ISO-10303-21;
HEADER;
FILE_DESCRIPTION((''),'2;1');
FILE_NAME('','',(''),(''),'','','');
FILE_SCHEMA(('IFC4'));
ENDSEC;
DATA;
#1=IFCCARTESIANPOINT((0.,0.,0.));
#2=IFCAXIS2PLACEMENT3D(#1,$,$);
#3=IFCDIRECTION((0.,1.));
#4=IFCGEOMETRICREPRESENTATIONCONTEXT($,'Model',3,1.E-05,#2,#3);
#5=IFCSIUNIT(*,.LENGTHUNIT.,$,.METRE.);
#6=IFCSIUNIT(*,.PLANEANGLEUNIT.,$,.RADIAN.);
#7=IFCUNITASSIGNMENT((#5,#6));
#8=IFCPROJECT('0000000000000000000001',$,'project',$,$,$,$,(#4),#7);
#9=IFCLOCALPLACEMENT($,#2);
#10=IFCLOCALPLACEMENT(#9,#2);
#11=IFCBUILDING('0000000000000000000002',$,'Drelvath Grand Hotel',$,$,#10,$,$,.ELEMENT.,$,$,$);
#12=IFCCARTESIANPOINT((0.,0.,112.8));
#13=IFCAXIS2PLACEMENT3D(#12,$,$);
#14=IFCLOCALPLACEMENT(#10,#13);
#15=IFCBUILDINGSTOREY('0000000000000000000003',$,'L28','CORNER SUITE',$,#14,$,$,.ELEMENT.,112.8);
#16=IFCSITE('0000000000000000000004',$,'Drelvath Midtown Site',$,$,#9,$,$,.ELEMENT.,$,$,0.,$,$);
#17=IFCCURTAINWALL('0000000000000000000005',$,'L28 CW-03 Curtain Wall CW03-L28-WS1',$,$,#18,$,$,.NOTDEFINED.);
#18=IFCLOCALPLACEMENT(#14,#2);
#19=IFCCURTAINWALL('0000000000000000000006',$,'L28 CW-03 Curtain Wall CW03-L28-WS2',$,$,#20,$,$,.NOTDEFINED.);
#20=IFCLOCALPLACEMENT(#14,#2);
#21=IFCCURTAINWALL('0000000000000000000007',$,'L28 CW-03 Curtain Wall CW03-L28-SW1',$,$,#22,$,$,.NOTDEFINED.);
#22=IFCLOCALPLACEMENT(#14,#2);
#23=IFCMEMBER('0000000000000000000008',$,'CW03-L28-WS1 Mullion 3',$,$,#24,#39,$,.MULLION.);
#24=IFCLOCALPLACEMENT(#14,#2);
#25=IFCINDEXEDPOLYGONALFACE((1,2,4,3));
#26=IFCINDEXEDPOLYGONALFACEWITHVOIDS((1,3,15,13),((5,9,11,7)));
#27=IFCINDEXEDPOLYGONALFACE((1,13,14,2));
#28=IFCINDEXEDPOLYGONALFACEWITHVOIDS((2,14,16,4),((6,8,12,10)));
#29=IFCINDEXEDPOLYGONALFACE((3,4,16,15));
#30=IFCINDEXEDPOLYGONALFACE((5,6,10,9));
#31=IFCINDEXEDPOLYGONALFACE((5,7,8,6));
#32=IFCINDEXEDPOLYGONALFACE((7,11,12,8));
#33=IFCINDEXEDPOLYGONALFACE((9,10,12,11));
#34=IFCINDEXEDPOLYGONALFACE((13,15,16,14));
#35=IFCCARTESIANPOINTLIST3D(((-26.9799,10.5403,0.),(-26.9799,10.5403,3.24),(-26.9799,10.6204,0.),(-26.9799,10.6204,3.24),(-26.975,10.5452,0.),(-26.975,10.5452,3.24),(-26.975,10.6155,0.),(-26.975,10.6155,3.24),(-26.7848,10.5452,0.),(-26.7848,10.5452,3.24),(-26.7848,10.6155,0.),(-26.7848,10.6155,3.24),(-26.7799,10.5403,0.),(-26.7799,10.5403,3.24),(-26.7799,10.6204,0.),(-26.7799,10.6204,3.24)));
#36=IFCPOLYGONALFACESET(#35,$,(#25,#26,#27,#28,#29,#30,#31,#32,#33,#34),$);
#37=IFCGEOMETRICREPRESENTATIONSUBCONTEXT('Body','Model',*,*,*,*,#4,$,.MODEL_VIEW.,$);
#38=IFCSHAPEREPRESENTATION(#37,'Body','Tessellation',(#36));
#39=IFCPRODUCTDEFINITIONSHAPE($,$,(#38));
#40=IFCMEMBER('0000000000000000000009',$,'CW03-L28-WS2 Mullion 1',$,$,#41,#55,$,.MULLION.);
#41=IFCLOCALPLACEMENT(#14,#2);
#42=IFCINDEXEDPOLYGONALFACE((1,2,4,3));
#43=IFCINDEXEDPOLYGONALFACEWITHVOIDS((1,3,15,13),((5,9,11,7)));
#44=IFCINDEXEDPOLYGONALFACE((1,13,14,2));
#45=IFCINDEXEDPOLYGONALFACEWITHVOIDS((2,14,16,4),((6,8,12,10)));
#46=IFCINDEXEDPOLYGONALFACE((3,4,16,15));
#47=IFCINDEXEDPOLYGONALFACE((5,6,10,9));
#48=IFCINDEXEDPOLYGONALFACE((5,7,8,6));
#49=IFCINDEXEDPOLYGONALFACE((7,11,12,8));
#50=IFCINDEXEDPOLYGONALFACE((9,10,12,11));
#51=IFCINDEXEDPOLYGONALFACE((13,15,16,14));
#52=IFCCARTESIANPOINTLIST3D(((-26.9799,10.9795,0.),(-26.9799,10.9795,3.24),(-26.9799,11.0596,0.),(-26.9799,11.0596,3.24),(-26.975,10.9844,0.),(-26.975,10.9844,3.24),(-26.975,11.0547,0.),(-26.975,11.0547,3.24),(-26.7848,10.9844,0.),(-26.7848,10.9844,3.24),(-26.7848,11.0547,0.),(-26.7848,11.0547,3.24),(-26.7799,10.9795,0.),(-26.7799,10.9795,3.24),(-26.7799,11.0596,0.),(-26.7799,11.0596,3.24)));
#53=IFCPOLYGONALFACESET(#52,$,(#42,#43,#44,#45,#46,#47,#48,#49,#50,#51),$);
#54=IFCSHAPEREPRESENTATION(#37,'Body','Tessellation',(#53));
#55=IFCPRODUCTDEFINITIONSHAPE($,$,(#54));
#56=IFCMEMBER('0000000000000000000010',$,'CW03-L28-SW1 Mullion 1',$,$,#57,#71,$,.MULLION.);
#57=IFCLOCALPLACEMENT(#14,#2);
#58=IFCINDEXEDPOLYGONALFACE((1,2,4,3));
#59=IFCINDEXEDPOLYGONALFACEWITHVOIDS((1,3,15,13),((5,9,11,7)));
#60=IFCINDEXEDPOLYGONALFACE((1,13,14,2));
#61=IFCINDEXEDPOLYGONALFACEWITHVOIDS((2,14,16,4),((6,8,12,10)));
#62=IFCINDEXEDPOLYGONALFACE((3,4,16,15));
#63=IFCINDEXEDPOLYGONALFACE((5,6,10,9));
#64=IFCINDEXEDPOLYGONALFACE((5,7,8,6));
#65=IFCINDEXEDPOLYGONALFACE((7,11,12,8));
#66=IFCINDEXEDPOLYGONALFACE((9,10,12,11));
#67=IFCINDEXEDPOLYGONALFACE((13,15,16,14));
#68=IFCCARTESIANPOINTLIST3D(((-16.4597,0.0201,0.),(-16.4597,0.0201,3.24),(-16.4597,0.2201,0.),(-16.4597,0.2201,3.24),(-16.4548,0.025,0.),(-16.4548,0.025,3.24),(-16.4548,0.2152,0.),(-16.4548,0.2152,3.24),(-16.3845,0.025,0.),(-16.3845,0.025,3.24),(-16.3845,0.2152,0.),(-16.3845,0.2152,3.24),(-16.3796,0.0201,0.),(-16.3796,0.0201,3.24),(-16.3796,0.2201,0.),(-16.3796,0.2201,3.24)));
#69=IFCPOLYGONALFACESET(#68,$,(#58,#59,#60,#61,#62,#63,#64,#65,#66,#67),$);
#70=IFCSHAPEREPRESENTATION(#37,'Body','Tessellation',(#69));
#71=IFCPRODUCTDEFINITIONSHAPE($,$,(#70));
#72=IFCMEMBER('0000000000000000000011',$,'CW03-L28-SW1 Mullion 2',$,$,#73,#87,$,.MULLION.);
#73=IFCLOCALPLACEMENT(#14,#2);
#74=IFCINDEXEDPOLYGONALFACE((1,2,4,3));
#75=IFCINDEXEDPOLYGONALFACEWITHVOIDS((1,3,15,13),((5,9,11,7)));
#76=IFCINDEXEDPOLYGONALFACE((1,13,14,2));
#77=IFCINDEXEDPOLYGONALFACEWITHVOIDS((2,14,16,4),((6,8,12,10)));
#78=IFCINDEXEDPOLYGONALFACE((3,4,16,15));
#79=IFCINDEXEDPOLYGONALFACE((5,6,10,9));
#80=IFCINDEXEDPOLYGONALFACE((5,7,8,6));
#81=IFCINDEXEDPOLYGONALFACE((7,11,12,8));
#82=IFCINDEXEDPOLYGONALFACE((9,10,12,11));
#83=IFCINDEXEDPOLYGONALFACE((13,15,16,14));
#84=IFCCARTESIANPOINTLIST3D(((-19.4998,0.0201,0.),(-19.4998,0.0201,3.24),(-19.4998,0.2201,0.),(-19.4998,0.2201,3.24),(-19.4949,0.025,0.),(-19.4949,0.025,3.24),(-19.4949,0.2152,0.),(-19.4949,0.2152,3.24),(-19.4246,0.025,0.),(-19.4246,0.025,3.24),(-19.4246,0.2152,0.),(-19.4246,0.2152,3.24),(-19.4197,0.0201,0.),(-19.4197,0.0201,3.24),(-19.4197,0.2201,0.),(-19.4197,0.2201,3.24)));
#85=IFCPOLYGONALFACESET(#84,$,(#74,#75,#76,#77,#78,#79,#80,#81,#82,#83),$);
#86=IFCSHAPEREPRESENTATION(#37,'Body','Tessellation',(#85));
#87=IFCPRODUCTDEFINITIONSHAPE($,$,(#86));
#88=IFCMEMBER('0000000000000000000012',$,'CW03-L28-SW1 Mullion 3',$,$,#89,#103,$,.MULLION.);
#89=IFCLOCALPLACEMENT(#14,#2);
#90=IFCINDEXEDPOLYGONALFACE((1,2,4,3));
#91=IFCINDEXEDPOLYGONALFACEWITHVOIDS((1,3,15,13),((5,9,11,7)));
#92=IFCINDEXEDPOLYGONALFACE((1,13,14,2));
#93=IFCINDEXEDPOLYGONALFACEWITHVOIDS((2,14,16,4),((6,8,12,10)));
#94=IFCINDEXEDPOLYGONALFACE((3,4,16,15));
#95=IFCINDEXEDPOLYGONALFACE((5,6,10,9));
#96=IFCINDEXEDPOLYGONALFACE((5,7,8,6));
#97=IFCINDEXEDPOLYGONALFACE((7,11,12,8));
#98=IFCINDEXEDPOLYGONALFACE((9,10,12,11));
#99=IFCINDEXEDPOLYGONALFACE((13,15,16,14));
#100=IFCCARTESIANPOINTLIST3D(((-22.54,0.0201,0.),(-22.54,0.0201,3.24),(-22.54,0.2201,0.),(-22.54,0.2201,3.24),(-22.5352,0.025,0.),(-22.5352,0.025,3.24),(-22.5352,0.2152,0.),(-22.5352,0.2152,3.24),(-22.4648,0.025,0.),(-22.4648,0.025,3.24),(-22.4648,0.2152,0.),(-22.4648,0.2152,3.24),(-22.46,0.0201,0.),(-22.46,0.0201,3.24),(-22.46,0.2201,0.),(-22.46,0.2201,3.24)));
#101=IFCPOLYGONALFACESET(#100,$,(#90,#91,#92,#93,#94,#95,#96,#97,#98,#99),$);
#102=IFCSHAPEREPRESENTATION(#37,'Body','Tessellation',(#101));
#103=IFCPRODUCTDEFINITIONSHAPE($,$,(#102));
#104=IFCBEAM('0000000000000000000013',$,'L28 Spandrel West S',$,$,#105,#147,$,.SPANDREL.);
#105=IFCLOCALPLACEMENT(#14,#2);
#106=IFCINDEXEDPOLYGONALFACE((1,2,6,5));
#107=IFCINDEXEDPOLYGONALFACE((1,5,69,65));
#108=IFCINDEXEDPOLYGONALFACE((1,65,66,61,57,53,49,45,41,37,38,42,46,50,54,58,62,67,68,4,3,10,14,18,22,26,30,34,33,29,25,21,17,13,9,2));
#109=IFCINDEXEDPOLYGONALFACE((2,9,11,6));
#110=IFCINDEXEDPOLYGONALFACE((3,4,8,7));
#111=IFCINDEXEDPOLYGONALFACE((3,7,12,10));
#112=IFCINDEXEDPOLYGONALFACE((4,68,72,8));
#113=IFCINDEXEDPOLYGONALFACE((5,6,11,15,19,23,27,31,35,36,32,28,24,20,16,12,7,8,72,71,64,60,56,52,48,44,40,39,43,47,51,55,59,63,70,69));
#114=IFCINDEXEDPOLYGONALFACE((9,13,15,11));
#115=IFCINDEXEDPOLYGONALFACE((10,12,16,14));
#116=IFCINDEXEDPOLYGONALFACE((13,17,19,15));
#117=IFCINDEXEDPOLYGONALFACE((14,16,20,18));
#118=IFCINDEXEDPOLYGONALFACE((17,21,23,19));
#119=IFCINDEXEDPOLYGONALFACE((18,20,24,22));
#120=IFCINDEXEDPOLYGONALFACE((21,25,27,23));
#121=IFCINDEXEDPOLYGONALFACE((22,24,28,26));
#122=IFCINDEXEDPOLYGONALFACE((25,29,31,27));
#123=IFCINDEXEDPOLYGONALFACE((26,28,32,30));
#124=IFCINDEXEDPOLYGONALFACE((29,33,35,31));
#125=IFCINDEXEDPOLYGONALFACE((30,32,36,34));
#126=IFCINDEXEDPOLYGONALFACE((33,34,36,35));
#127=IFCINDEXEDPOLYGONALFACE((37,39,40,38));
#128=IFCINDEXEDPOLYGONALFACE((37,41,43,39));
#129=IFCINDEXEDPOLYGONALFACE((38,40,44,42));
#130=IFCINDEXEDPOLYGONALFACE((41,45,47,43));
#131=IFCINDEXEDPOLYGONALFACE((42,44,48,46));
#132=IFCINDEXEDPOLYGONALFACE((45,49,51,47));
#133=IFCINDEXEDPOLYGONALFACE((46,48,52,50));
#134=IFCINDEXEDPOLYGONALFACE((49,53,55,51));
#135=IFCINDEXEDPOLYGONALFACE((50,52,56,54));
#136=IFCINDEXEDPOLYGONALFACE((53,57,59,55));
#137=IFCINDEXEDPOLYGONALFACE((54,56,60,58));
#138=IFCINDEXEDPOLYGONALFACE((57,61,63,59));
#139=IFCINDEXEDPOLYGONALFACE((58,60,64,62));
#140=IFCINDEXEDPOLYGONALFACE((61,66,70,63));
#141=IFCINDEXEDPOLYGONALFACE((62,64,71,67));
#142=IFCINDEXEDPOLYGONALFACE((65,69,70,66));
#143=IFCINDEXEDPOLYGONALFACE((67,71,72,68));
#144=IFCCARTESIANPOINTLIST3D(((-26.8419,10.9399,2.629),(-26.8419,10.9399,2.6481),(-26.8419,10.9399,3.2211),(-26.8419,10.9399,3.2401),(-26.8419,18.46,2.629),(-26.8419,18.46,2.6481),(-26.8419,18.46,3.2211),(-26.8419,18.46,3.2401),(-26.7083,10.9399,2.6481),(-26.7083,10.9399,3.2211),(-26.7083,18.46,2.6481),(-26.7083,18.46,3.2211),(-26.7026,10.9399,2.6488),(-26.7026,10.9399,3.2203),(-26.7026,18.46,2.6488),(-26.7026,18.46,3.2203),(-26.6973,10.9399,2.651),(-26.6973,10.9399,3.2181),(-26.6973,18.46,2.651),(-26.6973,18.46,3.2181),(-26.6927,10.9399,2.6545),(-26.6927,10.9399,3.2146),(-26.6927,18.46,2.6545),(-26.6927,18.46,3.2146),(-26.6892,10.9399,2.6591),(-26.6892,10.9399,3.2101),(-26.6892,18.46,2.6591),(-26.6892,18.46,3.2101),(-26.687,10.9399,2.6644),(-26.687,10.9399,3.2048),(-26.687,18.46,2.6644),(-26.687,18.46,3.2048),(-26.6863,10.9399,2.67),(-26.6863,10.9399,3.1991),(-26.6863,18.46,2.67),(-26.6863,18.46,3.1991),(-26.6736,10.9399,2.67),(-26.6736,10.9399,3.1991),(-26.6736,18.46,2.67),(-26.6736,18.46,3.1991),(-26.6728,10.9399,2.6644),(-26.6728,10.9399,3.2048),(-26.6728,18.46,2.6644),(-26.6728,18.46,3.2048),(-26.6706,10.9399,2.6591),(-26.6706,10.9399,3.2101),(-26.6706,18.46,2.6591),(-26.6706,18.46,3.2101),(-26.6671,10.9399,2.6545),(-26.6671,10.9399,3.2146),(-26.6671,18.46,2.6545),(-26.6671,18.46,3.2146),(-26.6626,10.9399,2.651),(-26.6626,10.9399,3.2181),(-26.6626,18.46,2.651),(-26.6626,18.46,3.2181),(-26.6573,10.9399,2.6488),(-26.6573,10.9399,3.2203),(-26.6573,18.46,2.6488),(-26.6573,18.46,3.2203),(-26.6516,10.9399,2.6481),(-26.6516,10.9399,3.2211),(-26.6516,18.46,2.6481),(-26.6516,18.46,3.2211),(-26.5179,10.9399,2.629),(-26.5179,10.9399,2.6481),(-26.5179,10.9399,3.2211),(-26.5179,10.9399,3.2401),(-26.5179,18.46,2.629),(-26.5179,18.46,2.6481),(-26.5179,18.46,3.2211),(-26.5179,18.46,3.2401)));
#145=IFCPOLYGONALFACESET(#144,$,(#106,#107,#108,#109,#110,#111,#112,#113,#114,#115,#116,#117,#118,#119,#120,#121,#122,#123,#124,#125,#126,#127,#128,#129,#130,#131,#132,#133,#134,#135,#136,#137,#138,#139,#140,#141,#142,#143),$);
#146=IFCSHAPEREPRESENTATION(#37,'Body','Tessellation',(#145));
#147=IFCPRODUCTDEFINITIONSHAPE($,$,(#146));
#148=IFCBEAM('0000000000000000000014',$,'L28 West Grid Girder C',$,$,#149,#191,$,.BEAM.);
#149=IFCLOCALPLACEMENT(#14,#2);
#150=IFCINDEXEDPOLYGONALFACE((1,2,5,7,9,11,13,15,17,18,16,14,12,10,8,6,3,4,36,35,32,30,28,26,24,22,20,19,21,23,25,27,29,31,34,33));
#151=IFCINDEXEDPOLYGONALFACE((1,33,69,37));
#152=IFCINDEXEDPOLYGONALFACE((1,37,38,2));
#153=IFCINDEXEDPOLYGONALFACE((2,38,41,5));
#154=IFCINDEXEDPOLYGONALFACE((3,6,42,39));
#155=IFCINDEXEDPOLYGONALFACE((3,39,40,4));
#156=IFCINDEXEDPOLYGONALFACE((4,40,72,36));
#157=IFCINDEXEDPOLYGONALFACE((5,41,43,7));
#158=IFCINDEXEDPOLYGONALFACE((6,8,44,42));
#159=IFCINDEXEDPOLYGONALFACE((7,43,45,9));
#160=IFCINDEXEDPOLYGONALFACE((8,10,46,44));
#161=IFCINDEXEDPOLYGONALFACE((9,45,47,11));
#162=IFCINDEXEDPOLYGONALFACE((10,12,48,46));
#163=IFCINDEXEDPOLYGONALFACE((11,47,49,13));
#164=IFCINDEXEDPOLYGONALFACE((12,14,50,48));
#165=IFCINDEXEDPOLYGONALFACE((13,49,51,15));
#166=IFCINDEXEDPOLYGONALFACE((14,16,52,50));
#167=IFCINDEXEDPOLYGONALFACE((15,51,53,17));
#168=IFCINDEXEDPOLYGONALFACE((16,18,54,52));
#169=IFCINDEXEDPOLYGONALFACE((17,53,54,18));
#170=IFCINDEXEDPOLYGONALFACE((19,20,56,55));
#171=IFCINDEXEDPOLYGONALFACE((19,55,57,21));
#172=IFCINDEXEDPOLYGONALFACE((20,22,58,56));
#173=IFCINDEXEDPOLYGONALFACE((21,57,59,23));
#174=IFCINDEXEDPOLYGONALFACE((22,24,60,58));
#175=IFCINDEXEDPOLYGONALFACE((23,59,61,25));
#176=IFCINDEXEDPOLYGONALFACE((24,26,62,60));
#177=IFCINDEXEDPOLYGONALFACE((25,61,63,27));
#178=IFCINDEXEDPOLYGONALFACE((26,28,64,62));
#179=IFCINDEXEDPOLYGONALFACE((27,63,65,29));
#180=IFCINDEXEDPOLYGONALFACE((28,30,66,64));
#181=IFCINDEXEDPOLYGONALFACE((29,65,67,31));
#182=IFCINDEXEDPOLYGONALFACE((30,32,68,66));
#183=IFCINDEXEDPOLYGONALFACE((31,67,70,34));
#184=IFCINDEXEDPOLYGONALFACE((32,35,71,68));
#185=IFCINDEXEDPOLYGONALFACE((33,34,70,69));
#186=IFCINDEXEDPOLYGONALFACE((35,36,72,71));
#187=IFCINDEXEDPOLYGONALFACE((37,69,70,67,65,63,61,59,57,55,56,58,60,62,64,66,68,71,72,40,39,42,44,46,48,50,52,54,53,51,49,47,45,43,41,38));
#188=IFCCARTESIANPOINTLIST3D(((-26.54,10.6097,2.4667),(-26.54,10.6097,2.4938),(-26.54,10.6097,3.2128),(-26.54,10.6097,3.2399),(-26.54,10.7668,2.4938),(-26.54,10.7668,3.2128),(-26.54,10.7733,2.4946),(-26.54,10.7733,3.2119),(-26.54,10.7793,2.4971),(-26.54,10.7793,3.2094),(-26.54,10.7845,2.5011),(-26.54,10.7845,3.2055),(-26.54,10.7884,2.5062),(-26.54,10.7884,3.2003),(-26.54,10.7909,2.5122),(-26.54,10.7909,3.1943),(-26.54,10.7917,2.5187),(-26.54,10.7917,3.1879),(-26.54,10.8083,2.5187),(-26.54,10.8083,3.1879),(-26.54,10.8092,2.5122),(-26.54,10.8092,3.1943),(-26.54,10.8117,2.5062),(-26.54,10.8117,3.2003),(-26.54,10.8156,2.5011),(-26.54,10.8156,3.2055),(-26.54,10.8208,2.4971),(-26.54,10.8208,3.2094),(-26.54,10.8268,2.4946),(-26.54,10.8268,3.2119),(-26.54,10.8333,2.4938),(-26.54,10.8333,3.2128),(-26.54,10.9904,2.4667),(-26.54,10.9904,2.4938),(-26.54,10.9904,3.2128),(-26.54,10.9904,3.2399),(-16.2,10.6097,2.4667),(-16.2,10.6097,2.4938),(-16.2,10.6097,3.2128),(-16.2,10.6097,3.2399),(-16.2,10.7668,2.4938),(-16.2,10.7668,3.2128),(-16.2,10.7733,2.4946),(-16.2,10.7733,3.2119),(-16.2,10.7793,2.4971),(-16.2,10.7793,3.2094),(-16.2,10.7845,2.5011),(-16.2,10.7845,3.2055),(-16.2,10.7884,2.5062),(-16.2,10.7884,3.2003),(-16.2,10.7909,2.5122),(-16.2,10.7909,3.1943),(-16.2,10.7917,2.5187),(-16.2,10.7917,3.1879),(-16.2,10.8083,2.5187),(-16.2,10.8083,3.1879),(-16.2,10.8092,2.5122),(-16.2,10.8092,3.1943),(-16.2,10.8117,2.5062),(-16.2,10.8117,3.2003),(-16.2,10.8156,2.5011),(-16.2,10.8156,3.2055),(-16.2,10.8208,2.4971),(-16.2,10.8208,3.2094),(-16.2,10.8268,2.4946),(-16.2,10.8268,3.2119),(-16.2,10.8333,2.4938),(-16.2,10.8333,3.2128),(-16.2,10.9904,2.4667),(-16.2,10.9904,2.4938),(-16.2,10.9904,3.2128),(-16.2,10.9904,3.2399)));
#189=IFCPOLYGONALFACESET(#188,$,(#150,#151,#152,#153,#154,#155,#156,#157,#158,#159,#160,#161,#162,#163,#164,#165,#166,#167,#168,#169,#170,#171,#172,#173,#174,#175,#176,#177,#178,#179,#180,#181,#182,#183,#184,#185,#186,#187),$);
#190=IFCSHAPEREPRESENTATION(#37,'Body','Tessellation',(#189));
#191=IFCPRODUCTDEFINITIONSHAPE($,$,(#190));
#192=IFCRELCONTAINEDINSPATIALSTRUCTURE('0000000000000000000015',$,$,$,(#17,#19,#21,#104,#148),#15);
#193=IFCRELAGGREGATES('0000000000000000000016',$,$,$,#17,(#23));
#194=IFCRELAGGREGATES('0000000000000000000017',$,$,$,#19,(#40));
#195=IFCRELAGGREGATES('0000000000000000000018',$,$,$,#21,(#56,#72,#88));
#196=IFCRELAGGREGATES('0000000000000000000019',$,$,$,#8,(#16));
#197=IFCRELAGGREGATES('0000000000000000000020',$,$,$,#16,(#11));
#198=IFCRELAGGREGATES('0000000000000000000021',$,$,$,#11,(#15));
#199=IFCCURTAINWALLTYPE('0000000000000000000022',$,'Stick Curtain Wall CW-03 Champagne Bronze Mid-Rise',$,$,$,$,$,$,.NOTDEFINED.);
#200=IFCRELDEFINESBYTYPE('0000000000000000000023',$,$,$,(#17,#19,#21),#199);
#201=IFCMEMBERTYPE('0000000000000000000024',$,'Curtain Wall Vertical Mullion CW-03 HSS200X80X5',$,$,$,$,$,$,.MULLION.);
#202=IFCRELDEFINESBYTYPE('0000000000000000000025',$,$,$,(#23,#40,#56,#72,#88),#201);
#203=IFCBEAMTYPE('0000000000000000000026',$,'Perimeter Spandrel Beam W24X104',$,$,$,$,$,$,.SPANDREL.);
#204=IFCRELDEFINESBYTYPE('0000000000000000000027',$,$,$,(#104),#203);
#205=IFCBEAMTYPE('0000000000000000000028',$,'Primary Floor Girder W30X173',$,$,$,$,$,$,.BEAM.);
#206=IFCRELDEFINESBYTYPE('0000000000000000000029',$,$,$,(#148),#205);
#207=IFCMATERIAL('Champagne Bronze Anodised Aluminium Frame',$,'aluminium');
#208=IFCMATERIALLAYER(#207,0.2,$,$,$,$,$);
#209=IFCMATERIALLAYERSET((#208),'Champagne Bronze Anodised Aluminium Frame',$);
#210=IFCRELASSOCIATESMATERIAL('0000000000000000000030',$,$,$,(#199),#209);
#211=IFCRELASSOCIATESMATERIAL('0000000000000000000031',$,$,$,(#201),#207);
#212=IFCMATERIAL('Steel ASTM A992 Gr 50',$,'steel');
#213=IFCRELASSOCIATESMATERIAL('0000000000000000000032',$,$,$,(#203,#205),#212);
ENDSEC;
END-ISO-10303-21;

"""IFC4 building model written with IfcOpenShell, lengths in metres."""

from ifc_helpers import new_model, si_unit, direction, frame, origin, origin_2d, place, context, subcontext, project, spatial, hollow_rectangle, i_section, extrude, material, layer, layer_set, material_profile, profile_set, type_object, element, aggregate, save


model = new_model("IFC4")

# Units and contexts
model_context = context("Model", 3, precision=1e-05, world=origin(), true_north=direction((0.0, 1.0)))
body_context = subcontext(model_context, "Body", "Model", "MODEL_VIEW")
ifc_project = project(units=[si_unit("LENGTHUNIT", "METRE"), si_unit("PLANEANGLEUNIT", "RADIAN")], contexts=[model_context])

# Site, building, storey
site_placement = place(None, origin())
site = spatial("IfcSite", under=ifc_project, at=site_placement, Name="Drelvath Midtown Site", CompositionType="ELEMENT", RefElevation=0.0)
building_placement = place(site_placement, origin())
building = spatial("IfcBuilding", under=site, at=building_placement, Name="Drelvath Grand Hotel", CompositionType="ELEMENT")
storey_placement = place(building_placement, frame((0.0, 0.0, 112.8)))
storey = spatial("IfcBuildingStorey", under=building, at=storey_placement, Name="L28", Description="CORNER SUITE", CompositionType="ELEMENT", Elevation=112.8)

# Curtain walls
ifc_material_1 = material(Name="Champagne Bronze Anodised Aluminium Frame", Category="aluminium")
ifc_layer_1 = layer(ifc_material_1, 0.2)
ifc_layer_set_1 = layer_set([ifc_layer_1], Name="Champagne Bronze Anodised Aluminium Frame")
curtain_wall_type = type_object("IfcCurtainWallType", Name="Stick Curtain Wall CW-03 Champagne Bronze Mid-Rise", PredefinedType="NOTDEFINED", material=ifc_layer_set_1)
curtain_wall_1_placement = place(storey_placement, origin())
curtain_wall_1 = element("IfcCurtainWall", 1, at=curtain_wall_1_placement, inside=storey, type_object=curtain_wall_type, Name="L28 CW-03 Curtain Wall CW03-L28-WS1", PredefinedType="NOTDEFINED")
curtain_wall_2_placement = place(storey_placement, origin())
curtain_wall_2 = element("IfcCurtainWall", 2, at=curtain_wall_2_placement, inside=storey, type_object=curtain_wall_type, Name="L28 CW-03 Curtain Wall CW03-L28-WS2", PredefinedType="NOTDEFINED")
curtain_wall_3_placement = place(storey_placement, origin())
curtain_wall_3 = element("IfcCurtainWall", 3, at=curtain_wall_3_placement, inside=storey, type_object=curtain_wall_type, Name="L28 CW-03 Curtain Wall CW03-L28-SW1", PredefinedType="NOTDEFINED")

# Members
ifc_material_profile_1 = material_profile(ifc_material_1, hollow_rectangle(XDim=0.0801, YDim=0.2, WallThickness=0.0049, at=origin_2d()), Name="HSS200X80X5")
ifc_profile_set_1 = profile_set([ifc_material_profile_1], Name="Champagne Bronze Anodised Aluminium Frame")
member_type_1 = type_object("IfcMemberType", Name="Curtain Wall Vertical Mullion CW-03 HSS200X80X5", PredefinedType="MULLION", material=ifc_profile_set_1)
member_1_placement = place(storey_placement, frame((-26.8799, 10.5803, 0.0), z_axis=(0.0, 0.0, 1.0), x_axis=(0.0, 1.0, 0.0)))
member_1 = element("IfcMember", 4, at=member_1_placement, type_object=member_type_1, Name="CW03-L28-WS1 Mullion 3", PredefinedType="MULLION", context=body_context, shape_type="SweptSolid", body=[
    extrude(hollow_rectangle(XDim=0.0801, YDim=0.2, WallThickness=0.0049, at=origin_2d()), origin(), (0.0, 0.0, 1.0), 3.24),
])
member_2_placement = place(storey_placement, frame((-26.8799, 11.0195, 0.0), z_axis=(0.0, 0.0, 1.0), x_axis=(0.0, 1.0, 0.0)))
member_2 = element("IfcMember", 5, at=member_2_placement, type_object=member_type_1, Name="CW03-L28-WS2 Mullion 1", PredefinedType="MULLION", context=body_context, shape_type="SweptSolid", body=[
    extrude(hollow_rectangle(XDim=0.0801, YDim=0.2, WallThickness=0.0049, at=origin_2d()), origin(), (0.0, 0.0, 1.0), 3.24),
])
member_3_placement = place(storey_placement, frame((-16.4197, 0.1201, 0.0), z_axis=(0.0, 0.0, 1.0), x_axis=(1.0, 0.0, 0.0)))
member_3 = element("IfcMember", 6, at=member_3_placement, type_object=member_type_1, Name="CW03-L28-SW1 Mullion 1", PredefinedType="MULLION", context=body_context, shape_type="SweptSolid", body=[
    extrude(hollow_rectangle(XDim=0.0801, YDim=0.2, WallThickness=0.0049, at=origin_2d()), origin(), (0.0, 0.0, 1.0), 3.24),
])
member_4_placement = place(storey_placement, frame((-19.4597, 0.1201, 0.0), z_axis=(0.0, 0.0, 1.0), x_axis=(1.0, 0.0, 0.0)))
member_4 = element("IfcMember", 7, at=member_4_placement, type_object=member_type_1, Name="CW03-L28-SW1 Mullion 2", PredefinedType="MULLION", context=body_context, shape_type="SweptSolid", body=[
    extrude(hollow_rectangle(XDim=0.0801, YDim=0.2, WallThickness=0.0049, at=origin_2d()), origin(), (0.0, 0.0, 1.0), 3.24),
])
member_5_placement = place(storey_placement, frame((-22.5, 0.1201, 0.0), z_axis=(0.0, 0.0, 1.0), x_axis=(1.0, 0.0, 0.0)))
member_5 = element("IfcMember", 8, at=member_5_placement, type_object=member_type_1, Name="CW03-L28-SW1 Mullion 3", PredefinedType="MULLION", context=body_context, shape_type="SweptSolid", body=[
    extrude(hollow_rectangle(XDim=0.0801, YDim=0.2, WallThickness=0.0049, at=origin_2d()), origin(), (0.0, 0.0, 1.0), 3.24),
])

# Beams
ifc_material_2 = material(Name="Steel ASTM A992 Gr 50", Category="steel")
ifc_material_profile_2 = material_profile(ifc_material_2, i_section(OverallWidth=0.324, OverallDepth=0.6111, WebThickness=0.0127, FlangeThickness=0.019, FilletRadius=0.022, at=origin_2d()), Name="W24X104")
ifc_profile_set_2 = profile_set([ifc_material_profile_2], Name="Steel ASTM A992 Gr 50")
beam_type_1 = type_object("IfcBeamType", Name="Perimeter Spandrel Beam W24X104", PredefinedType="SPANDREL", material=ifc_profile_set_2)
beam_1_placement = place(storey_placement, frame((-26.6799, 10.9399, 2.9346), z_axis=(0.0, 1.0, 0.0), x_axis=(-1.0, 0.0, 0.0)))
element("IfcBeam", 9, at=beam_1_placement, inside=storey, type_object=beam_type_1, Name="L28 Spandrel West S", PredefinedType="SPANDREL", context=body_context, shape_type="SweptSolid", body=[
    extrude(i_section(OverallWidth=0.324, OverallDepth=0.6111, WebThickness=0.0127, FlangeThickness=0.019, FilletRadius=0.022, at=origin_2d()), origin(), (0.0, 0.0, 1.0), 7.52),
])
ifc_material_profile_3 = material_profile(ifc_material_2, i_section(OverallWidth=0.3806, OverallDepth=0.7732, WebThickness=0.0166, FlangeThickness=0.0271, FilletRadius=0.0249, at=origin_2d()), Name="W30X173")
ifc_profile_set_3 = profile_set([ifc_material_profile_3], Name="Steel ASTM A992 Gr 50")
beam_type_2 = type_object("IfcBeamType", Name="Primary Floor Girder W30X173", PredefinedType="BEAM", material=ifc_profile_set_3)
beam_2_placement = place(storey_placement, frame((-26.54, 10.8, 2.8533), z_axis=(1.0, 0.0, 0.0), x_axis=(0.0, 1.0, 0.0)))
element("IfcBeam", 10, at=beam_2_placement, inside=storey, type_object=beam_type_2, Name="L28 West Grid Girder C", PredefinedType="BEAM", context=body_context, shape_type="SweptSolid", body=[
    extrude(i_section(OverallWidth=0.3806, OverallDepth=0.7732, WebThickness=0.0166, FlangeThickness=0.0271, FilletRadius=0.0249, at=origin_2d()), origin(), (0.0, 0.0, 1.0), 10.3401),
])

aggregate(curtain_wall_1, [member_1])
aggregate(curtain_wall_2, [member_2])
aggregate(curtain_wall_3, [member_3, member_4, member_5])

save(model, "model.ifc")
